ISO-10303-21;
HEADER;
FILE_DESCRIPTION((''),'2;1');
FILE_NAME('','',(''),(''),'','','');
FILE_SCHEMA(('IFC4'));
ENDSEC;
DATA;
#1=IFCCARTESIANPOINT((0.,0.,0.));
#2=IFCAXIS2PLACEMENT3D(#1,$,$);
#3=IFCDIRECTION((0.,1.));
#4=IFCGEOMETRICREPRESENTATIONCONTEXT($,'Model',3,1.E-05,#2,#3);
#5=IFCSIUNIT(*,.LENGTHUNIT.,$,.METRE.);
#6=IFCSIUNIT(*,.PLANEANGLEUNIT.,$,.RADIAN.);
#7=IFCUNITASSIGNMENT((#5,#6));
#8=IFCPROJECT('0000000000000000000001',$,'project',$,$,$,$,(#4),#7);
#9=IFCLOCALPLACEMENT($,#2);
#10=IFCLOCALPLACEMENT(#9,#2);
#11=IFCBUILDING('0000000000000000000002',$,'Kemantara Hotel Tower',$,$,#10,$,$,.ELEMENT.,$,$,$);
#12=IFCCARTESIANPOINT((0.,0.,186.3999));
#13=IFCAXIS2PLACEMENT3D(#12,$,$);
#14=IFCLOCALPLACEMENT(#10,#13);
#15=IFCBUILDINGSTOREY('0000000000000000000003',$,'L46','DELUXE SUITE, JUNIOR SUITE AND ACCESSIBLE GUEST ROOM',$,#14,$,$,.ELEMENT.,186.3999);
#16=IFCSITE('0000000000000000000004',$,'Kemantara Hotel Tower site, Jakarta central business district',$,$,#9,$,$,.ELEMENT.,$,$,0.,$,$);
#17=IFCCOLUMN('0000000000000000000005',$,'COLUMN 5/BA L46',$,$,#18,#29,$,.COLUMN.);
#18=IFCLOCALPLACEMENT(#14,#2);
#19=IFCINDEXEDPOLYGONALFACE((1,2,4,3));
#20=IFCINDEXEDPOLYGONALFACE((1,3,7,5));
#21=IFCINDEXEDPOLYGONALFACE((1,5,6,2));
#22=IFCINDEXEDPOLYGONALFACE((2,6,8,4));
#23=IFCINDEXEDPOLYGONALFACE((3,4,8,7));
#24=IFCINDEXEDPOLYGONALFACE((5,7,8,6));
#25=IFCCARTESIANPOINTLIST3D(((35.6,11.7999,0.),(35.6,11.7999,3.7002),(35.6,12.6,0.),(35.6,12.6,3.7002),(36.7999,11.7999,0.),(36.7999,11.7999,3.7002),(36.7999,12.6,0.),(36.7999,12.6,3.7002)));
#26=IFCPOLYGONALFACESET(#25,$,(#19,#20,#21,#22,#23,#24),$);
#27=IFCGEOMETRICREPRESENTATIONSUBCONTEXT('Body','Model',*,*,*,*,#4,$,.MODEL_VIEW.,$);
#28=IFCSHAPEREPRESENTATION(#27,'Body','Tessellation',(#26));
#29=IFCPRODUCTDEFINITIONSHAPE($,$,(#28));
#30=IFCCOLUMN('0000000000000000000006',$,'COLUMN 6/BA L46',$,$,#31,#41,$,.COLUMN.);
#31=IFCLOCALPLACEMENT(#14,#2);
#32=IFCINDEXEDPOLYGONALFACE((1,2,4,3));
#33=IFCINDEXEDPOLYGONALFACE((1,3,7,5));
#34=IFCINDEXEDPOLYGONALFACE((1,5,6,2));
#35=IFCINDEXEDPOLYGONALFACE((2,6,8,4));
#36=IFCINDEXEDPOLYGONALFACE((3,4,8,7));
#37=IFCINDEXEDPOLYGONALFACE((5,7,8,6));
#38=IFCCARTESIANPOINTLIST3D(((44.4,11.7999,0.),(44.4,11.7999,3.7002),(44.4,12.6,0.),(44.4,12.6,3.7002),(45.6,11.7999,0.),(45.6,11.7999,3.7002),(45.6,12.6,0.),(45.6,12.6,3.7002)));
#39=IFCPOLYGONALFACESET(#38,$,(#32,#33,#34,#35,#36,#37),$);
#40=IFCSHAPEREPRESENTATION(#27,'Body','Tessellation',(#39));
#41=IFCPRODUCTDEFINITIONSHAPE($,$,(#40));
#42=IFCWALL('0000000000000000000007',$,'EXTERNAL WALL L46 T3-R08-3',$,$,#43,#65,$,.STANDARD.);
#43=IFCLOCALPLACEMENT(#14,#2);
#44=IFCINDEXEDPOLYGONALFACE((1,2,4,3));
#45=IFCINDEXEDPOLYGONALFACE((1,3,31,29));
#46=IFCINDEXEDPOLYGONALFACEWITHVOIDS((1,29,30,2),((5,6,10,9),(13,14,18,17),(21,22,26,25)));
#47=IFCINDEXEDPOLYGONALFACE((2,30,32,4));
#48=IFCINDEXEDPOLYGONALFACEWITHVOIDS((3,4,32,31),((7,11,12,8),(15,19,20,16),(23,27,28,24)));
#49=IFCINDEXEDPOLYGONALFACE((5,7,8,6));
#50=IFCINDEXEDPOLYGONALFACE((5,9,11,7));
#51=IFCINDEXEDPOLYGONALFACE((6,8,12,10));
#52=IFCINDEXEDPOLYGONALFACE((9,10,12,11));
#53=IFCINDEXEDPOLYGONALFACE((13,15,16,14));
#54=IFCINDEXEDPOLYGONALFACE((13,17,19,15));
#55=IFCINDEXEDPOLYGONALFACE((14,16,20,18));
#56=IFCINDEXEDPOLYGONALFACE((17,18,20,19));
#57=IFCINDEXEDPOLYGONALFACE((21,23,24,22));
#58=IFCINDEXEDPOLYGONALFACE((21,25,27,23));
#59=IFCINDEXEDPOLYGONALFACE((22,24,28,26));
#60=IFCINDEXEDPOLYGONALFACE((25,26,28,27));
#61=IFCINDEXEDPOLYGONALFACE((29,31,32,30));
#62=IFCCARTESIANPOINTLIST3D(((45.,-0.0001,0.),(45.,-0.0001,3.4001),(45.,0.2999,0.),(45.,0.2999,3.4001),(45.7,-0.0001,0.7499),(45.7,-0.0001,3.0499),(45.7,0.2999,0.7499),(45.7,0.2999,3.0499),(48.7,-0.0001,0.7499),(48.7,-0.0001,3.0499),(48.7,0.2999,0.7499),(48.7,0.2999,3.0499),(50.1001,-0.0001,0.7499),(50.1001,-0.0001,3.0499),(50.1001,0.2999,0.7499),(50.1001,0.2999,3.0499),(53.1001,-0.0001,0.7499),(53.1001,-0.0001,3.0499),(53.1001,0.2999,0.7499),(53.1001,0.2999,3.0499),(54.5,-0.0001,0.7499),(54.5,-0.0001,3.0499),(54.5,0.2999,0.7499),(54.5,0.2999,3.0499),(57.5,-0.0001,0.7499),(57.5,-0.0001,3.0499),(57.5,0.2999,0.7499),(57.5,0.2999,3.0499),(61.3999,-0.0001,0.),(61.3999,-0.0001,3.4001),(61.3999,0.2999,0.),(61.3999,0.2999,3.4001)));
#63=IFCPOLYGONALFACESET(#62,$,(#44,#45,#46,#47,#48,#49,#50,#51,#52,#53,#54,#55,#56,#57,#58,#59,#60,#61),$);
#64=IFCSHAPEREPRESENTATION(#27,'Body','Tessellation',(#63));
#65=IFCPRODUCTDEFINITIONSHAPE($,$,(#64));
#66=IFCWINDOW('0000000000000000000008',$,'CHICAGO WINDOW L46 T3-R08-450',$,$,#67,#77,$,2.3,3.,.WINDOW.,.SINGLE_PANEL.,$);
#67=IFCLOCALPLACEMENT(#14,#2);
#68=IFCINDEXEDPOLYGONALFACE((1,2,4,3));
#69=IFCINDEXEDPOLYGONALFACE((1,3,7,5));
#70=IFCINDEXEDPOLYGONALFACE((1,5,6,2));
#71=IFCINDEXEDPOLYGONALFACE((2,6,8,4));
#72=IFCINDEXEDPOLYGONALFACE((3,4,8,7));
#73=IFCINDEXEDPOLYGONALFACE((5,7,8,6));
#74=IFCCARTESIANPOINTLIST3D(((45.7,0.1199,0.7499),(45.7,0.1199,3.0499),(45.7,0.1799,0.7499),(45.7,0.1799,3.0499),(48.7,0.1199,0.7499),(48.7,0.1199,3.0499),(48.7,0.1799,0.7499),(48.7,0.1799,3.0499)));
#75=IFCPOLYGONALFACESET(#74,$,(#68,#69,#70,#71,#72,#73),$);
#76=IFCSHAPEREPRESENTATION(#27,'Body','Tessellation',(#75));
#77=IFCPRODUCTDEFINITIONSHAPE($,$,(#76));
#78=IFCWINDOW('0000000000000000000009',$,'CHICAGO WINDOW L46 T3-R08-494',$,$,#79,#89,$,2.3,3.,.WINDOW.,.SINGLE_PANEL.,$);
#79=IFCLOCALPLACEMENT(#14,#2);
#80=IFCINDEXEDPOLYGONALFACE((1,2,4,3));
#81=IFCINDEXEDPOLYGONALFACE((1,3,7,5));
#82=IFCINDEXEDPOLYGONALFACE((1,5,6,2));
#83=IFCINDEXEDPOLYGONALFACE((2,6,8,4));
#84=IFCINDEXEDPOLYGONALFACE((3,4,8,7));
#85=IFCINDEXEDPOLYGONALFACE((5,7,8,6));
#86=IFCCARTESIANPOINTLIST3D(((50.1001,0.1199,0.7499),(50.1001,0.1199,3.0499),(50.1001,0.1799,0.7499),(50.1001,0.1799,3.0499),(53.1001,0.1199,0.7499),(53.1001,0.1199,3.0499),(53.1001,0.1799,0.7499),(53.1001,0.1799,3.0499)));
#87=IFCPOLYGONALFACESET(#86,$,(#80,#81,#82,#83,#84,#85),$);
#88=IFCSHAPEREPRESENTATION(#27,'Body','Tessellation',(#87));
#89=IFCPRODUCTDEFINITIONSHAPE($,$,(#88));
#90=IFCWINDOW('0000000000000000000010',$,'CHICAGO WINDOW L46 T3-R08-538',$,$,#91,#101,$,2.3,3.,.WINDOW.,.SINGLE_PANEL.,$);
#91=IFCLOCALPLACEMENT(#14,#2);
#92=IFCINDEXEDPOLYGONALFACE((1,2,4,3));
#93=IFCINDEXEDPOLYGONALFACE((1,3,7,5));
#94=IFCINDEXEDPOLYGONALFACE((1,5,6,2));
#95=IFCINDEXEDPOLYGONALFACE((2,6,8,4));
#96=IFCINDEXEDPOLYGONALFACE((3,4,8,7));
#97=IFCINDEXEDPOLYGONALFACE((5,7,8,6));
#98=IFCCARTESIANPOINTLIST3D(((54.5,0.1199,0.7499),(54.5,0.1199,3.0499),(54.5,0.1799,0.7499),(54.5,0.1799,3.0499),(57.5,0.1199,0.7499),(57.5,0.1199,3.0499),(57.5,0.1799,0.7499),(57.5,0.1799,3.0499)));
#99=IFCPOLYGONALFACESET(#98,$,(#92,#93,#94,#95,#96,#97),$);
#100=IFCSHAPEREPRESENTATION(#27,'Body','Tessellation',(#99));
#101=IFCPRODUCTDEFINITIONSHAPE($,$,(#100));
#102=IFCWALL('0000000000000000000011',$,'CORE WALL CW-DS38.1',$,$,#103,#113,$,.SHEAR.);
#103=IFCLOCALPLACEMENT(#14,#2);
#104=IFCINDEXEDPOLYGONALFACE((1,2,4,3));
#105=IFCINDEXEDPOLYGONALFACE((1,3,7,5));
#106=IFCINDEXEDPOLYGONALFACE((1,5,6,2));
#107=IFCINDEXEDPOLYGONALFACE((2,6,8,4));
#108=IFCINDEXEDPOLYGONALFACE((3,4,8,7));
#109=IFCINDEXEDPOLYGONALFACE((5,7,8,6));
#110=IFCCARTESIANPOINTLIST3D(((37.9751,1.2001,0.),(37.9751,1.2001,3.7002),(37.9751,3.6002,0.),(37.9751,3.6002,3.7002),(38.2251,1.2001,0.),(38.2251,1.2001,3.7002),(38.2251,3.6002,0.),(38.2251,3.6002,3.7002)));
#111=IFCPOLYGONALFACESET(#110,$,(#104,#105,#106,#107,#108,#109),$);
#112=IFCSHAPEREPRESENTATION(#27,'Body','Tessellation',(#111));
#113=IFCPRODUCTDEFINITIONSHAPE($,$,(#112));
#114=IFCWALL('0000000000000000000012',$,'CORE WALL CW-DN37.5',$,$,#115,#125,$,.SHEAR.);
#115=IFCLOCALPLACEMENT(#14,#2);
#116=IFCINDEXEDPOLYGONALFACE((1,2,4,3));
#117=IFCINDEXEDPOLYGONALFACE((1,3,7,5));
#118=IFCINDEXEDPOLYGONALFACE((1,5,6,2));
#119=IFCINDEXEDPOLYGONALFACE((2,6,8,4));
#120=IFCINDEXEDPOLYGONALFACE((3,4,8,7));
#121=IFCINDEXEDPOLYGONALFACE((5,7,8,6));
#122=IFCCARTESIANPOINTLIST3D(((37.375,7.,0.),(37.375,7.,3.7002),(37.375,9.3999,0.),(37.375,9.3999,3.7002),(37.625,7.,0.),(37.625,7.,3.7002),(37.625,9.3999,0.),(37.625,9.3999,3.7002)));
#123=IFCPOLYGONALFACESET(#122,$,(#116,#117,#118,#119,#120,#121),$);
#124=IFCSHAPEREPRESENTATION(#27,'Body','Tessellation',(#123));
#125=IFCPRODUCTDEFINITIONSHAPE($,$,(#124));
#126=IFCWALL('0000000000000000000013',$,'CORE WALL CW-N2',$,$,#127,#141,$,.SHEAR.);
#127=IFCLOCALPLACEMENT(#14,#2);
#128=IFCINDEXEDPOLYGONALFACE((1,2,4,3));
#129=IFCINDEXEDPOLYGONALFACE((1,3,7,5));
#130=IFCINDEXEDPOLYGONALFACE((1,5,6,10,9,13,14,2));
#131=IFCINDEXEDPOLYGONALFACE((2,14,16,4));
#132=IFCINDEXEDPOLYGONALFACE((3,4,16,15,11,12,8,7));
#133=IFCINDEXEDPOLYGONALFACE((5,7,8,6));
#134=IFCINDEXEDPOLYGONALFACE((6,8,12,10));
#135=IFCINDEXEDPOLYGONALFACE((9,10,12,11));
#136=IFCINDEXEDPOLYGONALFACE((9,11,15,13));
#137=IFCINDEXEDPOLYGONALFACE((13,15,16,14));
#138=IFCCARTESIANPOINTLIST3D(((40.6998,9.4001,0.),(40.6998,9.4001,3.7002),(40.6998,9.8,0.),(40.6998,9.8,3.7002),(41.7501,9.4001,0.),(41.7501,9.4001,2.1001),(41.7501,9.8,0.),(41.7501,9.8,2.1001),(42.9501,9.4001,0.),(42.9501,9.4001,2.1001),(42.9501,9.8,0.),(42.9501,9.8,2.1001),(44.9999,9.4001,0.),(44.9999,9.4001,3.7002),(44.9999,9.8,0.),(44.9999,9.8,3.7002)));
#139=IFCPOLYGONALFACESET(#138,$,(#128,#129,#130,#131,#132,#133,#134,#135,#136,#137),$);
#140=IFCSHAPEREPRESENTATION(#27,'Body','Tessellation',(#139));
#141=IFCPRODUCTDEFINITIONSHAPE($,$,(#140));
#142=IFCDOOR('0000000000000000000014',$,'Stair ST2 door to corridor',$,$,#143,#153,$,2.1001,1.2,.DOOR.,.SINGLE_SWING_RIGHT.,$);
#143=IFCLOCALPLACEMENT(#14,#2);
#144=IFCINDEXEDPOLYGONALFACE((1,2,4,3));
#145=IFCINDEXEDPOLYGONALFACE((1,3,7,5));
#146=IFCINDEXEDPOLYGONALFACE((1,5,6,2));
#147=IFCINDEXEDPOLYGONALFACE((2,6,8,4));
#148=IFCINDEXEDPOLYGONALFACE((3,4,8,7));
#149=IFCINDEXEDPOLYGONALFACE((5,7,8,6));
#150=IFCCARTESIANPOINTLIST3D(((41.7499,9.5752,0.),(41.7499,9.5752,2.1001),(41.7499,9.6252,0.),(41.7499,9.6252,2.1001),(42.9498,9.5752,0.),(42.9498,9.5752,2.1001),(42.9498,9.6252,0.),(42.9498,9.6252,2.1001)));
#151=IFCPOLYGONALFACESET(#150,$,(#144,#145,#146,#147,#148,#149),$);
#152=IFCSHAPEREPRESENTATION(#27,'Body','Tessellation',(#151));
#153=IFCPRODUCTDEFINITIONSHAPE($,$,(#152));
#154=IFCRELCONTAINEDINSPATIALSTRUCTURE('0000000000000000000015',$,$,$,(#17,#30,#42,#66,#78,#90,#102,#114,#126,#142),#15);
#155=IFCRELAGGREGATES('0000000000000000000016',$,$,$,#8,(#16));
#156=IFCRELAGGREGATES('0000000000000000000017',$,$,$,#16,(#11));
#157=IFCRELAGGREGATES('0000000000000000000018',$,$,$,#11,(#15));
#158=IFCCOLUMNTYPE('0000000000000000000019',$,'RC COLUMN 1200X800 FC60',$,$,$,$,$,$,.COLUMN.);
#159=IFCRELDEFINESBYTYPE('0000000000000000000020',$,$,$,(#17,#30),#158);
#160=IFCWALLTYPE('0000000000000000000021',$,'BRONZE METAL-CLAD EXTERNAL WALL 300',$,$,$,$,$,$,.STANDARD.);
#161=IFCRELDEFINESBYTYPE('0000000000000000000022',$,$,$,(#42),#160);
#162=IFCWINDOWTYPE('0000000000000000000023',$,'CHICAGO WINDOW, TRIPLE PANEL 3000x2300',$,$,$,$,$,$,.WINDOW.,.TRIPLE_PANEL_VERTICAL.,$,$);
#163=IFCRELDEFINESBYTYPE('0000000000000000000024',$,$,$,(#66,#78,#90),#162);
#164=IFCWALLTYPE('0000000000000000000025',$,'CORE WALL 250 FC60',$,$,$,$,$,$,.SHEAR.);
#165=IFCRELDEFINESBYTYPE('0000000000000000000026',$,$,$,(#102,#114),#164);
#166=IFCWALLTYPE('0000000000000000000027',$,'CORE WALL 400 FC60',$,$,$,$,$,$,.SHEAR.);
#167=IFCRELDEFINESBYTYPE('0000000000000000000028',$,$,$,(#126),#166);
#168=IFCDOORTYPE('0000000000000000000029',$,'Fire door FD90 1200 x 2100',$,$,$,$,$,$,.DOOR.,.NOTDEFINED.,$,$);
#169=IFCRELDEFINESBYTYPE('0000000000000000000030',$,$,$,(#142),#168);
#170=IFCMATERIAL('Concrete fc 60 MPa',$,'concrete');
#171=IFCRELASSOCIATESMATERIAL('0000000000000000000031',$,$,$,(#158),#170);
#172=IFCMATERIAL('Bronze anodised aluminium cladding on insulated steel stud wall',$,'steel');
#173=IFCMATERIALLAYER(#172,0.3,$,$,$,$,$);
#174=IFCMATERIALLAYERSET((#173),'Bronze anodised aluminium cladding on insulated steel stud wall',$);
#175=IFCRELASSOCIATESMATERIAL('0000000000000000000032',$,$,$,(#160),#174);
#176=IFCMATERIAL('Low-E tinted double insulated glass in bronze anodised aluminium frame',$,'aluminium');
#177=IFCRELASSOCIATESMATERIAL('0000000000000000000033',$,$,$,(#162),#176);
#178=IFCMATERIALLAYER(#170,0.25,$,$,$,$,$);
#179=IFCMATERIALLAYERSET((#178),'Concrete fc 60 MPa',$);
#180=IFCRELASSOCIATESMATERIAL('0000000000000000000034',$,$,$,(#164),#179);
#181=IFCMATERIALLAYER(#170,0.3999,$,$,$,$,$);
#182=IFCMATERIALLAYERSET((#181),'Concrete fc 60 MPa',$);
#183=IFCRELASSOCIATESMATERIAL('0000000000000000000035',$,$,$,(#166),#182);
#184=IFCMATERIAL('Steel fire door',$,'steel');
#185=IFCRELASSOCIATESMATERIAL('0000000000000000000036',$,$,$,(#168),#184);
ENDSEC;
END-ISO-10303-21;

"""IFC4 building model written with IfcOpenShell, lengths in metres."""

from ifc_helpers import new_model, si_unit, direction, frame, frame_2d, origin, origin_2d, place, context, subcontext, project, spatial, rectangle, extrude, material, layer, layer_set, material_profile, profile_set, type_object, element, fill, save


model = new_model("IFC4")

# Units and contexts
model_context = context("Model", 3, precision=1e-05, world=origin(), true_north=direction((0.0, 1.0)))
body_context = subcontext(model_context, "Body", "Model", "MODEL_VIEW")
ifc_project = project(units=[si_unit("LENGTHUNIT", "METRE"), si_unit("PLANEANGLEUNIT", "RADIAN")], contexts=[model_context])

# Site, building, storey
site_placement = place(None, origin())
site = spatial("IfcSite", under=ifc_project, at=site_placement, Name="Kemantara Hotel Tower site, Jakarta central business district", CompositionType="ELEMENT", RefElevation=0.0)
building_placement = place(site_placement, origin())
building = spatial("IfcBuilding", under=site, at=building_placement, Name="Kemantara Hotel Tower", CompositionType="ELEMENT")
storey_placement = place(building_placement, frame((0.0, 0.0, 186.3999)))
storey = spatial("IfcBuildingStorey", under=building, at=storey_placement, Name="L46", Description="DELUXE SUITE, JUNIOR SUITE AND ACCESSIBLE GUEST ROOM", CompositionType="ELEMENT", Elevation=186.3999)

# Columns
ifc_material_1 = material(Name="Concrete fc 60 MPa", Category="concrete")
ifc_material_profile = material_profile(ifc_material_1, rectangle(XDim=1.2, YDim=0.8, at=origin_2d()), Name="RC 1200X800")
ifc_profile_set = profile_set([ifc_material_profile], Name="Concrete fc 60 MPa")
column_type = type_object("IfcColumnType", Name="RC COLUMN 1200X800 FC60", PredefinedType="COLUMN", material=ifc_profile_set)
for number, where, z_axis, x_axis, name in (
    (1, (36.2, 12.2, 0.0), (0.0, 0.0, 1.0), (1.0, 0.0, 0.0), "COLUMN 5/BA L46"),
    (2, (45.0, 12.2, 0.0), (0.0, 0.0, 1.0), (1.0, 0.0, 0.0), "COLUMN 6/BA L46"),
):
    element("IfcColumn", number, at=place(storey_placement, frame(where, z_axis=z_axis, x_axis=x_axis)), inside=storey, type_object=column_type, Name=name, PredefinedType="COLUMN", context=body_context, shape_type="SweptSolid", body=[
        extrude(rectangle(XDim=1.2, YDim=0.8, at=origin_2d()), origin(), (0.0, 0.0, 1.0), 3.7002),
    ])

# Wall, openings, windows
ifc_material_2 = material(Name="Bronze anodised aluminium cladding on insulated steel stud wall", Category="steel")
ifc_layer_1 = layer(ifc_material_2, 0.3)
ifc_layer_set_1 = layer_set([ifc_layer_1], Name="Bronze anodised aluminium cladding on insulated steel stud wall")
wall_type_1 = type_object("IfcWallType", Name="BRONZE METAL-CLAD EXTERNAL WALL 300", PredefinedType="STANDARD", material=ifc_layer_set_1)
wall_1_placement = place(storey_placement, frame((45.0, 0.1499, 0.0), z_axis=(0.0, 0.0, 1.0), x_axis=(1.0, 0.0, 0.0)))
wall_1 = element("IfcWall", 3, at=wall_1_placement, inside=storey, type_object=wall_type_1, Name="EXTERNAL WALL L46 T3-R08-3", PredefinedType="STANDARD", context=body_context, shape_type="SweptSolid", body=[
    extrude(rectangle(XDim=16.3999, YDim=0.3, at=frame_2d((8.2, 0.0))), origin(), (0.0, 0.0, 1.0), 3.4001),
])
opening_1_placement = place(wall_1_placement, frame((0.7, 0.0, 0.75)))
opening_1 = element("IfcOpeningElement", 4, at=opening_1_placement, cuts=wall_1, PredefinedType="OPENING", context=body_context, shape_type="SweptSolid", body=[
    extrude(rectangle(XDim=3.0, YDim=2.3, at=frame_2d((1.5, 1.1499))), frame((0.0, 0.1599, 0.0), z_axis=(0.0, -1.0, 0.0), x_axis=(1.0, 0.0, 0.0)), (0.0, 0.0, 1.0), 0.3201),
])
opening_2_placement = place(wall_1_placement, frame((5.1001, 0.0, 0.75)))
opening_2 = element("IfcOpeningElement", 5, at=opening_2_placement, cuts=wall_1, PredefinedType="OPENING", context=body_context, shape_type="SweptSolid", body=[
    extrude(rectangle(XDim=3.0, YDim=2.3, at=frame_2d((1.5, 1.1499))), frame((0.0, 0.1599, 0.0), z_axis=(0.0, -1.0, 0.0), x_axis=(1.0, 0.0, 0.0)), (0.0, 0.0, 1.0), 0.3201),
])
opening_3_placement = place(wall_1_placement, frame((9.5, 0.0, 0.75)))
opening_3 = element("IfcOpeningElement", 6, at=opening_3_placement, cuts=wall_1, PredefinedType="OPENING", context=body_context, shape_type="SweptSolid", body=[
    extrude(rectangle(XDim=3.0, YDim=2.3, at=frame_2d((1.5, 1.1499))), frame((0.0, 0.1599, 0.0), z_axis=(0.0, -1.0, 0.0), x_axis=(1.0, 0.0, 0.0)), (0.0, 0.0, 1.0), 0.3201),
])
ifc_material_3 = material(Name="Low-E tinted double insulated glass in bronze anodised aluminium frame", Category="aluminium")
window_type = type_object("IfcWindowType", Name="CHICAGO WINDOW, TRIPLE PANEL 3000x2300", PartitioningType="TRIPLE_PANEL_VERTICAL", PredefinedType="WINDOW", material=ifc_material_3)
window_1_placement = place(opening_1_placement, origin())
window_1 = element("IfcWindow", 7, at=window_1_placement, inside=storey, type_object=window_type, Name="CHICAGO WINDOW L46 T3-R08-450", OverallHeight=2.3, OverallWidth=3.0, PartitioningType="SINGLE_PANEL", PredefinedType="WINDOW", context=body_context, shape_type="SweptSolid", body=[
    extrude(rectangle(XDim=3.0, YDim=2.3, at=frame_2d((1.5, 1.1499))), frame((0.0, 0.03, 0.0), z_axis=(0.0, -1.0, 0.0), x_axis=(1.0, 0.0, 0.0)), (0.0, 0.0, 1.0), 0.0601),
])
fill(opening_1, window_1)
window_2_placement = place(opening_2_placement, origin())
window_2 = element("IfcWindow", 8, at=window_2_placement, inside=storey, type_object=window_type, Name="CHICAGO WINDOW L46 T3-R08-494", OverallHeight=2.3, OverallWidth=3.0, PartitioningType="SINGLE_PANEL", PredefinedType="WINDOW", context=body_context, shape_type="SweptSolid", body=[
    extrude(rectangle(XDim=3.0, YDim=2.3, at=frame_2d((1.5, 1.1499))), frame((0.0, 0.03, 0.0), z_axis=(0.0, -1.0, 0.0), x_axis=(1.0, 0.0, 0.0)), (0.0, 0.0, 1.0), 0.0601),
])
fill(opening_2, window_2)
window_3_placement = place(opening_3_placement, origin())
window_3 = element("IfcWindow", 9, at=window_3_placement, inside=storey, type_object=window_type, Name="CHICAGO WINDOW L46 T3-R08-538", OverallHeight=2.3, OverallWidth=3.0, PartitioningType="SINGLE_PANEL", PredefinedType="WINDOW", context=body_context, shape_type="SweptSolid", body=[
    extrude(rectangle(XDim=3.0, YDim=2.3, at=frame_2d((1.5, 1.1499))), frame((0.0, 0.03, 0.0), z_axis=(0.0, -1.0, 0.0), x_axis=(1.0, 0.0, 0.0)), (0.0, 0.0, 1.0), 0.0601),
])
fill(opening_3, window_3)

# Walls
ifc_layer_2 = layer(ifc_material_1, 0.25)
ifc_layer_set_2 = layer_set([ifc_layer_2], Name="Concrete fc 60 MPa")
wall_type_2 = type_object("IfcWallType", Name="CORE WALL 250 FC60", PredefinedType="SHEAR", material=ifc_layer_set_2)
wall_2_placement = place(storey_placement, frame((38.1001, 1.2, 0.0), z_axis=(0.0, 0.0, 1.0), x_axis=(0.0, 1.0, 0.0)))
element("IfcWall", 10, at=wall_2_placement, inside=storey, type_object=wall_type_2, Name="CORE WALL CW-DS38.1", PredefinedType="SHEAR", context=body_context, shape_type="SweptSolid", body=[
    extrude(rectangle(XDim=2.4001, YDim=0.25, at=frame_2d((1.2002, 0.0))), origin(), (0.0, 0.0, 1.0), 3.7002),
])
wall_3_placement = place(storey_placement, frame((37.5, 7.0, 0.0), z_axis=(0.0, 0.0, 1.0), x_axis=(0.0, 1.0, 0.0)))
element("IfcWall", 11, at=wall_3_placement, inside=storey, type_object=wall_type_2, Name="CORE WALL CW-DN37.5", PredefinedType="SHEAR", context=body_context, shape_type="SweptSolid", body=[
    extrude(rectangle(XDim=2.3999, YDim=0.25, at=frame_2d((1.2, 0.0))), origin(), (0.0, 0.0, 1.0), 3.7002),
])

# Wall, opening, door
ifc_layer_3 = layer(ifc_material_1, 0.3999)
ifc_layer_set_3 = layer_set([ifc_layer_3], Name="Concrete fc 60 MPa")
wall_type_3 = type_object("IfcWallType", Name="CORE WALL 400 FC60", PredefinedType="SHEAR", material=ifc_layer_set_3)
wall_4_placement = place(storey_placement, frame((40.7, 9.6001, 0.0), z_axis=(0.0, 0.0, 1.0), x_axis=(1.0, 0.0, 0.0)))
wall_4 = element("IfcWall", 12, at=wall_4_placement, inside=storey, type_object=wall_type_3, Name="CORE WALL CW-N2", PredefinedType="SHEAR", context=body_context, shape_type="SweptSolid", body=[
    extrude(rectangle(XDim=4.3, YDim=0.3999, at=frame_2d((2.1499, 0.0))), origin(), (0.0, 0.0, 1.0), 3.7002),
])
opening_4_placement = place(wall_4_placement, frame((1.05, 0.0, 0.0)))
opening_4 = element("IfcOpeningElement", 13, at=opening_4_placement, cuts=wall_4, PredefinedType="OPENING", context=body_context, shape_type="SweptSolid", body=[
    extrude(rectangle(XDim=1.2, YDim=2.1001, at=frame_2d((0.6001, 1.05))), frame((0.0, 0.21, 0.0), z_axis=(0.0, -1.0, 0.0), x_axis=(1.0, 0.0, 0.0)), (0.0, 0.0, 1.0), 0.4199),
])
ifc_material_4 = material(Name="Steel fire door", Category="steel")
door_type_1 = type_object("IfcDoorType", Name="Fire door FD90 1200 x 2100", OperationType="NOTDEFINED", PredefinedType="DOOR", material=ifc_material_4)
door_1_placement = place(opening_4_placement, frame((1.2, 0.0, 0.0), z_axis=(0.0, 0.0, 1.0), x_axis=(-1.0, 0.0, 0.0)))
door_1 = element("IfcDoor", 14, at=door_1_placement, inside=storey, type_object=door_type_1, Name="Stair ST2 door to corridor", OperationType="SINGLE_SWING_RIGHT", OverallHeight=2.1001, OverallWidth=1.2, PredefinedType="DOOR", context=body_context, shape_type="SweptSolid", body=[
    extrude(rectangle(XDim=1.2, YDim=2.1001, at=frame_2d((0.6001, 1.05))), frame((0.0, 0.0249, 0.0), z_axis=(0.0, -1.0, 0.0), x_axis=(1.0, 0.0, 0.0)), (0.0, 0.0, 1.0), 0.05),
])
fill(opening_4, door_1)

save(model, "model.ifc")
